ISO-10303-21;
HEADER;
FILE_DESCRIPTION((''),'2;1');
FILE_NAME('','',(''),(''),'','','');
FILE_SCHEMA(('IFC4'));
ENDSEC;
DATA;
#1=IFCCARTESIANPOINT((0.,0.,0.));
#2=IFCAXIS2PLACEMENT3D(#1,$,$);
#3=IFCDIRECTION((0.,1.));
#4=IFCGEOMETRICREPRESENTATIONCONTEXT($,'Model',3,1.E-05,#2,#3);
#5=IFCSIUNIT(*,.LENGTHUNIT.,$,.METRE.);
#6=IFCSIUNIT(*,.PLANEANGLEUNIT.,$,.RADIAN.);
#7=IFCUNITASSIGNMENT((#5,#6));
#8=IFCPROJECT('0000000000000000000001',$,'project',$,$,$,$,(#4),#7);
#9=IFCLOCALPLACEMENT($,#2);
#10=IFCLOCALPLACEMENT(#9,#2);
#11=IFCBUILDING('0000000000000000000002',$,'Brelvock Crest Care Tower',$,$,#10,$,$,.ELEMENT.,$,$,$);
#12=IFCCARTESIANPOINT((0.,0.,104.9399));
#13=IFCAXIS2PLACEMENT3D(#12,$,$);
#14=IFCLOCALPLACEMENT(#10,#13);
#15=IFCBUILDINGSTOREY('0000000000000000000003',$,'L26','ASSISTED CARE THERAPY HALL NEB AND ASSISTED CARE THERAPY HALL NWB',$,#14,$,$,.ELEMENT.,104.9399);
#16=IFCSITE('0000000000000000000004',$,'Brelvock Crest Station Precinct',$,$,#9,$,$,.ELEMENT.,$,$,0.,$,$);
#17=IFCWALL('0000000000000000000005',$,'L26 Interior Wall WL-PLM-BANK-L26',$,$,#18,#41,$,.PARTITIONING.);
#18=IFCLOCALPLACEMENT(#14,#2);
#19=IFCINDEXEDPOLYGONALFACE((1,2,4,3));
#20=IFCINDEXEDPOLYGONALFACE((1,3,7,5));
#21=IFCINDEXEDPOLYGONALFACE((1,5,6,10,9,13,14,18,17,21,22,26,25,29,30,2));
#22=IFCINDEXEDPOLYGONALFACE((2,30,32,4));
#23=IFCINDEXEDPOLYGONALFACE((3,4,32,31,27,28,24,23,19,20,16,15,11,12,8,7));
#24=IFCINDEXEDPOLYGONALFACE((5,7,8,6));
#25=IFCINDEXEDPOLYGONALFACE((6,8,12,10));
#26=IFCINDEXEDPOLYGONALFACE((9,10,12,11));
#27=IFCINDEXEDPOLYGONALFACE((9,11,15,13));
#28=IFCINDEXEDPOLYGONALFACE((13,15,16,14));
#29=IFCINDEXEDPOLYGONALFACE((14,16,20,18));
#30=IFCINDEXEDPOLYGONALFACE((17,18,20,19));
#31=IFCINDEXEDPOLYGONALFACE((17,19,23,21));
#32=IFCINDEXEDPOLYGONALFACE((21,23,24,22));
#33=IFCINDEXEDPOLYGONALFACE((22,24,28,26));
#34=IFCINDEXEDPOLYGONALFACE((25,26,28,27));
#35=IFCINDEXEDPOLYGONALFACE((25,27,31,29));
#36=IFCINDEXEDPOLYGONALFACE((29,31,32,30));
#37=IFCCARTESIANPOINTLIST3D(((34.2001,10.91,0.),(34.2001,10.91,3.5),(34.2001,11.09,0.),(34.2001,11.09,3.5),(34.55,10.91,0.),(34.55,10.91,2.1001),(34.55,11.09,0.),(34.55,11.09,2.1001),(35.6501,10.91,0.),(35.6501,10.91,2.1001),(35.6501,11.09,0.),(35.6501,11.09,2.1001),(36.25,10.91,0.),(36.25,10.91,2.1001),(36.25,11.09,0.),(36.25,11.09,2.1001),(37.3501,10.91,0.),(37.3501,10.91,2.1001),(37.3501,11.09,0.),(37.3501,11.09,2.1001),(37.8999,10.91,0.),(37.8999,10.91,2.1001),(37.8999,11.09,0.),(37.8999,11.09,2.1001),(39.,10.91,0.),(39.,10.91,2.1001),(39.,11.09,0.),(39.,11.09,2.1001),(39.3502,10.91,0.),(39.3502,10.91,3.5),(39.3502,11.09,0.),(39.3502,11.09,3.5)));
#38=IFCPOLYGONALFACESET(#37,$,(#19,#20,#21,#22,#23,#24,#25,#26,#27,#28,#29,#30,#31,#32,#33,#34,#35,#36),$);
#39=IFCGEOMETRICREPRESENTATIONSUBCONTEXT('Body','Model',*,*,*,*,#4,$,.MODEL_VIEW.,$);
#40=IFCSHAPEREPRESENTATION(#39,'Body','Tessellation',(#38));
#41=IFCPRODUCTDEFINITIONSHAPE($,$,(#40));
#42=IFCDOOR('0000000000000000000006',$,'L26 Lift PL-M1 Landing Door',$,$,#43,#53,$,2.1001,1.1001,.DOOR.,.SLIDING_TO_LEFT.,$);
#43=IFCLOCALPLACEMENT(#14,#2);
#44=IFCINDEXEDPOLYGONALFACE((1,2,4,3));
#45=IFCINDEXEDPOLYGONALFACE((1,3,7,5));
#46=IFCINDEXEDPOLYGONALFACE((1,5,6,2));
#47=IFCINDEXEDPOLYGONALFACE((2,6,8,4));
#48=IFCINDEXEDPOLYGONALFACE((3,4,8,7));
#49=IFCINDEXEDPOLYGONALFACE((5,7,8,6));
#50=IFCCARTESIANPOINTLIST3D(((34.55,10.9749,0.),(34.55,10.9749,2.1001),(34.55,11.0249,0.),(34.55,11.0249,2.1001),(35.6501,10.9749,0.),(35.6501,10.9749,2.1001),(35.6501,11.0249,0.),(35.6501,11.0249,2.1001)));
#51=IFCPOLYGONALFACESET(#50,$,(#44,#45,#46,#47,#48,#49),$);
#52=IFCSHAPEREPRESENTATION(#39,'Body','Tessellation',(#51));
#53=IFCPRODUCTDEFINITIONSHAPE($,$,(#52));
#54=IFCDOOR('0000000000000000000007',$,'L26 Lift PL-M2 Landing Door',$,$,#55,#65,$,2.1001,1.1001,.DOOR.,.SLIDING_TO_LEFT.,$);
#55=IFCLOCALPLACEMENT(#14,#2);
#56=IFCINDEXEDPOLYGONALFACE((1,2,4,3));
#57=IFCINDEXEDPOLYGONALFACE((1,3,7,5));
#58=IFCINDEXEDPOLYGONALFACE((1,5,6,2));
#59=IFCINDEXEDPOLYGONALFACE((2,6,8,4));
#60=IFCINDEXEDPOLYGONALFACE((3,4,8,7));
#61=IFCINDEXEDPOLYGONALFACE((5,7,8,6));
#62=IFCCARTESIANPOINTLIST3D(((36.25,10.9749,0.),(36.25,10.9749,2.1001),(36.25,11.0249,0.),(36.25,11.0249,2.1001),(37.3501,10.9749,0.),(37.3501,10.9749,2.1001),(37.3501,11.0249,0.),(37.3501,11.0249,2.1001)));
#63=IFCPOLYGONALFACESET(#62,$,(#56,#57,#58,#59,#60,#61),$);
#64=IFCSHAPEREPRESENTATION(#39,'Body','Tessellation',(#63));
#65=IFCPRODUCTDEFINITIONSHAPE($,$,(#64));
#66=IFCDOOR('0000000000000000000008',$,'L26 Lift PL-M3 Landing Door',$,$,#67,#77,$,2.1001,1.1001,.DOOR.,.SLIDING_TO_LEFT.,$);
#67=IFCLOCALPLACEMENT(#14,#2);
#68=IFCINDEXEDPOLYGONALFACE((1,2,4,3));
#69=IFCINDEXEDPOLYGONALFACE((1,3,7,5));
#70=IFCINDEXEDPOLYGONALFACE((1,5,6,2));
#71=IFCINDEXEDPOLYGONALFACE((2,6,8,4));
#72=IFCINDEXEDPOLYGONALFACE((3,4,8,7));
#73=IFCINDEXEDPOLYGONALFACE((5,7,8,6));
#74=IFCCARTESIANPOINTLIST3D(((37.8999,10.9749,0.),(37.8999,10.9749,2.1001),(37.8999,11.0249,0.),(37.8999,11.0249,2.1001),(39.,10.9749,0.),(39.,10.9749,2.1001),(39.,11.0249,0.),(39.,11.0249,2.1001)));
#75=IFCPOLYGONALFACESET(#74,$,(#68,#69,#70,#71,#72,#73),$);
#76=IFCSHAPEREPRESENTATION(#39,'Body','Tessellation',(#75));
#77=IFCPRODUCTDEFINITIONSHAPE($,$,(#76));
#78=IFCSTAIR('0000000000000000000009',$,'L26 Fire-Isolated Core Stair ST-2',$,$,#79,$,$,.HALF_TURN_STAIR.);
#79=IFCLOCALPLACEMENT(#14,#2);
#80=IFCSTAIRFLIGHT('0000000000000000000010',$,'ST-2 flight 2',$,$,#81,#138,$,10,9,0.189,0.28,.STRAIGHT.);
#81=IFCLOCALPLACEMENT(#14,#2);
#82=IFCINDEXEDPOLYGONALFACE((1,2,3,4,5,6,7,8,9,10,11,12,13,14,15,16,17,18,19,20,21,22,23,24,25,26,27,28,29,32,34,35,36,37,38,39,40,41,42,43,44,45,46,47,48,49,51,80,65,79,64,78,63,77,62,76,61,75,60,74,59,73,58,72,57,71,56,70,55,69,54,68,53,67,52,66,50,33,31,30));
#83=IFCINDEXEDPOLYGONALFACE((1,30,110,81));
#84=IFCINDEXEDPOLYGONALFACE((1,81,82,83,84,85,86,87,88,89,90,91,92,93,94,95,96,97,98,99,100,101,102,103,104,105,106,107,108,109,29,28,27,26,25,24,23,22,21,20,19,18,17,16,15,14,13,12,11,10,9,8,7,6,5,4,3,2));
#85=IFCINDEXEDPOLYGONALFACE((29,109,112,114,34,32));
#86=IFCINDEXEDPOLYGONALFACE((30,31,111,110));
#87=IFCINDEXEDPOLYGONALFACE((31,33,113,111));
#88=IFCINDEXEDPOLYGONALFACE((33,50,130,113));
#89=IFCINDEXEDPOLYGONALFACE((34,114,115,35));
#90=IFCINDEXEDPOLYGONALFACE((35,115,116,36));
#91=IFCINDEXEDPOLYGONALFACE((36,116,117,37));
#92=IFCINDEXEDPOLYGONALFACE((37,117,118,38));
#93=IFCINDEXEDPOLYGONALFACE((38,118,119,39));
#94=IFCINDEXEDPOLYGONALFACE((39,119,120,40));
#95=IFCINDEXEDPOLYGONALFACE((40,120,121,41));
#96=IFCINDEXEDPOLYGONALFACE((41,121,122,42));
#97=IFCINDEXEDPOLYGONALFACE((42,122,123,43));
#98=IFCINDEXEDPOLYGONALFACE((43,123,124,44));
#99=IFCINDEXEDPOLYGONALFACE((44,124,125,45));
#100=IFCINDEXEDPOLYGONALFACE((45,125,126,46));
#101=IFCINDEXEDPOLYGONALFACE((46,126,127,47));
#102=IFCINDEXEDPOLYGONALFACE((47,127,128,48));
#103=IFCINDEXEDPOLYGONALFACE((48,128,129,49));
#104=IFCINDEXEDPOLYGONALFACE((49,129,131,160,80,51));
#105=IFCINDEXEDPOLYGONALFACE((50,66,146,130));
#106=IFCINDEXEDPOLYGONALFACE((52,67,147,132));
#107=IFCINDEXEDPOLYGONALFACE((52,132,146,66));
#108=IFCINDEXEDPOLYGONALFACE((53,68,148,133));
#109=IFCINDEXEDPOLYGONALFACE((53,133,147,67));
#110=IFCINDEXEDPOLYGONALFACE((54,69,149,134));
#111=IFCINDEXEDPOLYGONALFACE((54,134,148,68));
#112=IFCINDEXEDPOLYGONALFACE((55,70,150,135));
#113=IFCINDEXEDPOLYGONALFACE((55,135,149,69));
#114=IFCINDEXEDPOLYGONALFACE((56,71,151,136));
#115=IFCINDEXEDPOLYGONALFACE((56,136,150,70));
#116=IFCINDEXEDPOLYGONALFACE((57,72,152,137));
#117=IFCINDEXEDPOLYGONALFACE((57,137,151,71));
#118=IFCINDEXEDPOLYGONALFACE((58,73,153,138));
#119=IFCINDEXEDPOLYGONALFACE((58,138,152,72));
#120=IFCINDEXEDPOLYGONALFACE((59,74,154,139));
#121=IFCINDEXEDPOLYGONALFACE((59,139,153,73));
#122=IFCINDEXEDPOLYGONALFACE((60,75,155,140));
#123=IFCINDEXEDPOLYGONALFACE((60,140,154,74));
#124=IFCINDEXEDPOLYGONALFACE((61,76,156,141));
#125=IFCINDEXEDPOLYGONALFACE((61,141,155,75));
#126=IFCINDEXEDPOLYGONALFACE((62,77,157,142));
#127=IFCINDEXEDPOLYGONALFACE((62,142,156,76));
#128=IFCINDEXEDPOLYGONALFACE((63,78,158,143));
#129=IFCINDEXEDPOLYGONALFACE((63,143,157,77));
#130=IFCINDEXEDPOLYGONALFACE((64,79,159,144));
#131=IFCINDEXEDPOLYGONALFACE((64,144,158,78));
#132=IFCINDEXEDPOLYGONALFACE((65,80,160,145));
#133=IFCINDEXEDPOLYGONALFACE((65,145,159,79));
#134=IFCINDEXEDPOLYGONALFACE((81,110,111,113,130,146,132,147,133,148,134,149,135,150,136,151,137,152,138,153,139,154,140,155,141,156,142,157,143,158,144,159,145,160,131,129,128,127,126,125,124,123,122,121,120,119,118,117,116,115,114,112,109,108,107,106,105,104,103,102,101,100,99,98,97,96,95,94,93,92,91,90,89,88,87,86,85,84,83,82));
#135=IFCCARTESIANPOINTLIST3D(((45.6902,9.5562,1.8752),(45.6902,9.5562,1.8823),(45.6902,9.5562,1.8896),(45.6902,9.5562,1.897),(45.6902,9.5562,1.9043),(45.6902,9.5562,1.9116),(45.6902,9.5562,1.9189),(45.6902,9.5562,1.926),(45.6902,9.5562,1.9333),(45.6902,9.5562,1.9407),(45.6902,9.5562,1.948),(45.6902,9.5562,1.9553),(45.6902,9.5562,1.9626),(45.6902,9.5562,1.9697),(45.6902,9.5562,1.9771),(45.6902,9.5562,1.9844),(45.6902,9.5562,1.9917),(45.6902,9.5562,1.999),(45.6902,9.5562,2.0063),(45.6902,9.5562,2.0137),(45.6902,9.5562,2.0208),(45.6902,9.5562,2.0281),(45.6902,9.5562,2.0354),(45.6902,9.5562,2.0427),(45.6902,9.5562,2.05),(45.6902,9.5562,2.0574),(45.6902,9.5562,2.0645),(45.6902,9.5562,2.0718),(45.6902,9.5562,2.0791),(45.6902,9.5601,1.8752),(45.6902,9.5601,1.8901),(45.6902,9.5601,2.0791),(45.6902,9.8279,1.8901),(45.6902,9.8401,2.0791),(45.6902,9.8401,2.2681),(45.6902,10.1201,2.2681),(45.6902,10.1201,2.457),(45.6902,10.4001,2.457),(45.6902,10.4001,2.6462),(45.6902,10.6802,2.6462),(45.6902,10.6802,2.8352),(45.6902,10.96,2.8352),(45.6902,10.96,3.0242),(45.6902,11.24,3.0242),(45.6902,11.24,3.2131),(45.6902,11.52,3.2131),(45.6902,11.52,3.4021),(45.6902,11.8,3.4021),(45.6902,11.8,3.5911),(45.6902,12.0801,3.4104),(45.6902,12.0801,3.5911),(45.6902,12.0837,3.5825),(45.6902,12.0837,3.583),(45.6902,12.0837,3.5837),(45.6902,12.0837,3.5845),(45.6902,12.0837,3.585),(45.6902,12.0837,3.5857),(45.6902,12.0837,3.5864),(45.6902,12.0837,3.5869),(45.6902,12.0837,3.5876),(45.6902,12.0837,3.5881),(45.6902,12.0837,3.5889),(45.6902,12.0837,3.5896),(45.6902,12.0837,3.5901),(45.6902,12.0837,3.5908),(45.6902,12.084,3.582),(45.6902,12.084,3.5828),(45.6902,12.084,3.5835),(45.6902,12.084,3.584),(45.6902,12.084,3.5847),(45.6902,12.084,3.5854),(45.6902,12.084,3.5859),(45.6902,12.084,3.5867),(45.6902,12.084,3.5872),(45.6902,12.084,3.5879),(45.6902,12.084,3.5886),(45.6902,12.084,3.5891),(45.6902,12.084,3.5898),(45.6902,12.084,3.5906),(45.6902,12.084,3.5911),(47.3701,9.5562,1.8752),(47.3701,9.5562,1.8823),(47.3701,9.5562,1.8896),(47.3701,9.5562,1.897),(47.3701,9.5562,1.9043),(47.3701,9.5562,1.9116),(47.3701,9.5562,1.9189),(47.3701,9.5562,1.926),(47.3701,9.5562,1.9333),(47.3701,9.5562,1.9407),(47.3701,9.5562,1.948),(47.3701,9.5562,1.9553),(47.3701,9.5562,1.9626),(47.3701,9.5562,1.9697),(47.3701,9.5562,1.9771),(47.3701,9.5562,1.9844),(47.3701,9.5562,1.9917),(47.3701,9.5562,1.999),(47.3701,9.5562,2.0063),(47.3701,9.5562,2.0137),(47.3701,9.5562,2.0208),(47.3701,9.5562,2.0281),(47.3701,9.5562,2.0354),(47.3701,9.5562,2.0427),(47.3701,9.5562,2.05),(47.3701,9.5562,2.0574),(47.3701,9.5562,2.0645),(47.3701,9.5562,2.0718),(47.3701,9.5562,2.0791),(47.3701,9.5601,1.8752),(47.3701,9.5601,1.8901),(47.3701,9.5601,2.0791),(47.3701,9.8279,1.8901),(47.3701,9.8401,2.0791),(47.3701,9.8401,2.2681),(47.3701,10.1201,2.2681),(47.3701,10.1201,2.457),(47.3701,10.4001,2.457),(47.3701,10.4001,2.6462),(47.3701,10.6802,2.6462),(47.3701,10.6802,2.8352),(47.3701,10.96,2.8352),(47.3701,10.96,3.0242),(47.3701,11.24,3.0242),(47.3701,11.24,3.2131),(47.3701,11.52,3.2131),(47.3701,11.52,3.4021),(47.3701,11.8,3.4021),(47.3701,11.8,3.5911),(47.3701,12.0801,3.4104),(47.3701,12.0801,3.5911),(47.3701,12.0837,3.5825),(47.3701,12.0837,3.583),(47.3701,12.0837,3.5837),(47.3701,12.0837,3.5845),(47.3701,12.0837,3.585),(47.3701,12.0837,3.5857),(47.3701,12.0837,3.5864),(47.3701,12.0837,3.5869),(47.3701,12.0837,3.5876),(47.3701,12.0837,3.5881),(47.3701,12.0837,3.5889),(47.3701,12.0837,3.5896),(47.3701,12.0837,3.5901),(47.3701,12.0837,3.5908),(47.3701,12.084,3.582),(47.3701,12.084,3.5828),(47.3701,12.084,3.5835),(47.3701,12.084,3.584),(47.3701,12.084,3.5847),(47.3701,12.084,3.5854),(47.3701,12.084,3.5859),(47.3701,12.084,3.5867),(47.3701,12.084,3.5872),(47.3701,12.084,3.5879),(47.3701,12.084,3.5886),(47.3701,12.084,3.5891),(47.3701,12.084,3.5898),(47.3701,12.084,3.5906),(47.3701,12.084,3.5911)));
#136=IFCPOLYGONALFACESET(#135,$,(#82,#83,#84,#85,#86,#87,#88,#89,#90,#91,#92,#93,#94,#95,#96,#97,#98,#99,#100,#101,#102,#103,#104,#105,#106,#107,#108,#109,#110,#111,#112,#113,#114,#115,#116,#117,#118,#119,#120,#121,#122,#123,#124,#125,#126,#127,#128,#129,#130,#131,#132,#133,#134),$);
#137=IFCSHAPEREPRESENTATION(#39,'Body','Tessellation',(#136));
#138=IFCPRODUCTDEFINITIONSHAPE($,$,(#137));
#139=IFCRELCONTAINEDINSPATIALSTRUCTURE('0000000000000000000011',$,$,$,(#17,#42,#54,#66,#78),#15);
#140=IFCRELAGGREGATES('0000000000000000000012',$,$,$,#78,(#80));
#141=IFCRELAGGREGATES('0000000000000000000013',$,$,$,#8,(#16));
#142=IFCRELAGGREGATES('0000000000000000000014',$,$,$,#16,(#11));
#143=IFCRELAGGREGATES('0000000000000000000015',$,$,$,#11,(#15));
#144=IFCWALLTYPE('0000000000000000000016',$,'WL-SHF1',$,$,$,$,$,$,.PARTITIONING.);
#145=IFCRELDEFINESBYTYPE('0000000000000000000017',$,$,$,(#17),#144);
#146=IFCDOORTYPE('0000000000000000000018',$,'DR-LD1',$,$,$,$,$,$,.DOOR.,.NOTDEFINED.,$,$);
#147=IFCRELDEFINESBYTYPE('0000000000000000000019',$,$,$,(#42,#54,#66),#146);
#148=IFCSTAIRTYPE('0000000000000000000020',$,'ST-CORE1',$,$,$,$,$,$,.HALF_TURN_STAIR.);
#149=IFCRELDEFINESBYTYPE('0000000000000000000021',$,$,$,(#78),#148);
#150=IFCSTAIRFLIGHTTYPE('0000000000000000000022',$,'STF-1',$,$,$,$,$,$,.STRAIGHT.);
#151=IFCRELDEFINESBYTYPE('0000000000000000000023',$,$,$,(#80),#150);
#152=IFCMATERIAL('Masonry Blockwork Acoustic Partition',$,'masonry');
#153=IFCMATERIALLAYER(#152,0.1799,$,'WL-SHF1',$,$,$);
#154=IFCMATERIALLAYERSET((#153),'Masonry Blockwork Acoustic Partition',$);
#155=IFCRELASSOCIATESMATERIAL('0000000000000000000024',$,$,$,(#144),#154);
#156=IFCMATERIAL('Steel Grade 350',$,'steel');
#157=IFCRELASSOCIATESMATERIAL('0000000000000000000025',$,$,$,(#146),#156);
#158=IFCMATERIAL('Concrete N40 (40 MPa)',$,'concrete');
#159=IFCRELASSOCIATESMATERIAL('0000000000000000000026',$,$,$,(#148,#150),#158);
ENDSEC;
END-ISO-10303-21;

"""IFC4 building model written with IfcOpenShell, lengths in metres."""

from ifc_helpers import new_model, si_unit, direction, frame, frame_2d, origin, origin_2d, place, context, subcontext, project, spatial, polyline, rectangle, outline, extrude, source, transform, mapped, material, layer, layer_set, type_object, element, fill, aggregate, save


model = new_model("IFC4")

# Units and contexts
model_context = context("Model", 3, precision=1e-05, world=origin(), true_north=direction((0.0, 1.0)))
body_context = subcontext(model_context, "Body", "Model", "MODEL_VIEW")
ifc_project = project(units=[si_unit("LENGTHUNIT", "METRE"), si_unit("PLANEANGLEUNIT", "RADIAN")], contexts=[model_context])

# Site, building, storey
site_placement = place(None, origin())
site = spatial("IfcSite", under=ifc_project, at=site_placement, Name="Brelvock Crest Station Precinct", CompositionType="ELEMENT", RefElevation=0.0)
building_placement = place(site_placement, origin())
building = spatial("IfcBuilding", under=site, at=building_placement, Name="Brelvock Crest Care Tower", CompositionType="ELEMENT")
storey_placement = place(building_placement, frame((0.0, 0.0, 104.9399)))
storey = spatial("IfcBuildingStorey", under=building, at=storey_placement, Name="L26", Description="ASSISTED CARE THERAPY HALL NEB AND ASSISTED CARE THERAPY HALL NWB", CompositionType="ELEMENT", Elevation=104.9399)

# Shared definitions
ifc_material_1 = material(Name="Steel Grade 350", Category="steel")

# Shared definitions
ifc_material_2 = material(Name="Masonry Blockwork Acoustic Partition", Category="masonry")

# Shared definitions
ifc_layer_1 = layer(ifc_material_2, 0.1799, Name="WL-SHF1")
ifc_layer_set_1 = layer_set([ifc_layer_1], Name="Masonry Blockwork Acoustic Partition")
wall_type_1 = type_object("IfcWallType", Name="WL-SHF1", PredefinedType="PARTITIONING", material=ifc_layer_set_1)

# Wall, openings, doors
wall_1_placement = place(storey_placement, frame((34.2, 11.0, 0.0), z_axis=(0.0, 0.0, 1.0), x_axis=(1.0, 0.0, 0.0)))
wall_1 = element("IfcWall", 1, at=wall_1_placement, inside=storey, type_object=wall_type_1, Name="L26 Interior Wall WL-PLM-BANK-L26", PredefinedType="PARTITIONING", context=body_context, shape_type="SweptSolid", body=[
    extrude(rectangle(XDim=5.1501, YDim=0.1799, at=frame_2d((2.5752, 0.0))), origin(), (0.0, 0.0, 1.0), 3.5),
])
opening_1_placement = place(wall_1_placement, frame((0.3501, 0.0, 0.0)))
opening_1 = element("IfcOpeningElement", 2, at=opening_1_placement, cuts=wall_1, PredefinedType="OPENING", context=body_context, shape_type="SweptSolid", body=[
    extrude(rectangle(XDim=1.1001, YDim=2.1001, at=origin_2d()), frame((0.55, 0.1001, 1.05), z_axis=(0.0, -1.0, 0.0), x_axis=(1.0, 0.0, 0.0)), (0.0, 0.0, 1.0), 0.2),
])
opening_2_placement = place(wall_1_placement, frame((2.05, 0.0, 0.0)))
opening_2 = element("IfcOpeningElement", 3, at=opening_2_placement, cuts=wall_1, PredefinedType="OPENING", context=body_context, shape_type="SweptSolid", body=[
    extrude(rectangle(XDim=1.1001, YDim=2.1001, at=origin_2d()), frame((0.55, 0.1001, 1.05), z_axis=(0.0, -1.0, 0.0), x_axis=(1.0, 0.0, 0.0)), (0.0, 0.0, 1.0), 0.2),
])
opening_3_placement = place(wall_1_placement, frame((3.7, 0.0, 0.0)))
opening_3 = element("IfcOpeningElement", 4, at=opening_3_placement, cuts=wall_1, PredefinedType="OPENING", context=body_context, shape_type="SweptSolid", body=[
    extrude(rectangle(XDim=1.1001, YDim=2.1001, at=origin_2d()), frame((0.55, 0.1001, 1.05), z_axis=(0.0, -1.0, 0.0), x_axis=(1.0, 0.0, 0.0)), (0.0, 0.0, 1.0), 0.2),
])
door_type_1 = type_object("IfcDoorType", Name="DR-LD1", OperationType="NOTDEFINED", PredefinedType="DOOR", material=ifc_material_1)
shared_shape_1 = source(origin(), body_context, "Body", "SweptSolid", [
    extrude(rectangle(XDim=1.1001, YDim=2.1001, at=origin_2d()), frame((0.55, 0.0249, 1.05), z_axis=(0.0, -1.0, 0.0), x_axis=(1.0, 0.0, 0.0)), (0.0, 0.0, 1.0), 0.05),
])
door_1_placement = place(opening_1_placement, origin())
door_1 = element("IfcDoor", 5, at=door_1_placement, inside=storey, type_object=door_type_1, Name="L26 Lift PL-M1 Landing Door", OperationType="SLIDING_TO_LEFT", OverallHeight=2.1001, OverallWidth=1.1001, PredefinedType="DOOR", context=body_context, shape_type="MappedRepresentation", body=[
    mapped(shared_shape_1, transform((0.0, 0.0, 0.0), x_axis=(1.0, 0.0, 0.0), y_axis=(0.0, 1.0, 0.0), z_axis=(0.0, 0.0, 1.0), scale=1.0)),
])
fill(opening_1, door_1)
door_2_placement = place(opening_2_placement, origin())
door_2 = element("IfcDoor", 6, at=door_2_placement, inside=storey, type_object=door_type_1, Name="L26 Lift PL-M2 Landing Door", OperationType="SLIDING_TO_LEFT", OverallHeight=2.1001, OverallWidth=1.1001, PredefinedType="DOOR", context=body_context, shape_type="MappedRepresentation", body=[
    mapped(shared_shape_1, transform((0.0, 0.0, 0.0), x_axis=(1.0, 0.0, 0.0), y_axis=(0.0, 1.0, 0.0), z_axis=(0.0, 0.0, 1.0), scale=1.0)),
])
fill(opening_2, door_2)
door_3_placement = place(opening_3_placement, origin())
door_3 = element("IfcDoor", 7, at=door_3_placement, inside=storey, type_object=door_type_1, Name="L26 Lift PL-M3 Landing Door", OperationType="SLIDING_TO_LEFT", OverallHeight=2.1001, OverallWidth=1.1001, PredefinedType="DOOR", context=body_context, shape_type="MappedRepresentation", body=[
    mapped(shared_shape_1, transform((0.0, 0.0, 0.0), x_axis=(1.0, 0.0, 0.0), y_axis=(0.0, 1.0, 0.0), z_axis=(0.0, 0.0, 1.0), scale=1.0)),
])
fill(opening_3, door_3)

# Stair, stair flight
ifc_material_3 = material(Name="Concrete N40 (40 MPa)", Category="concrete")
stair_type = type_object("IfcStairType", Name="ST-CORE1", PredefinedType="HALF_TURN_STAIR", material=ifc_material_3)
stair_placement = place(storey_placement, origin())
stair = element("IfcStair", 8, at=stair_placement, inside=storey, type_object=stair_type, Name="L26 Fire-Isolated Core Stair ST-2", PredefinedType="HALF_TURN_STAIR")
stair_flight_type = type_object("IfcStairFlightType", Name="STF-1", PredefinedType="STRAIGHT", material=ifc_material_3)
stair_flight_placement = place(storey_placement, frame((46.53, 9.5601, 1.8901), z_axis=(0.0, 0.0, 1.0), x_axis=(0.0, 1.0, 0.0)))
stair_flight = element("IfcStairFlight", 9, at=stair_flight_placement, type_object=stair_flight_type, Name="ST-2 flight 2", NumberOfRisers=10, NumberOfTreads=9, PredefinedType="STRAIGHT", RiserHeight=0.189, TreadLength=0.28, context=body_context, shape_type="SweptSolid", body=[
    extrude(outline(polyline([(-0.0039, -0.0149), (-0.0039, -0.0078), (-0.0039, -0.0005), (-0.0039, 0.0068), (-0.0039, 0.0142), (-0.0039, 0.0215), (-0.0039, 0.0288), (-0.0039, 0.0359), (-0.0039, 0.0432), (-0.0039, 0.0505), (-0.0039, 0.0579), (-0.0039, 0.0652), (-0.0039, 0.0725), (-0.0039, 0.0796), (-0.0039, 0.0869), (-0.0039, 0.0942), (-0.0039, 0.1016), (-0.0039, 0.1089), (-0.0039, 0.1162), (-0.0039, 0.1235), (-0.0039, 0.1306), (-0.0039, 0.1379), (-0.0039, 0.1453), (-0.0039, 0.1526), (-0.0039, 0.1599), (-0.0039, 0.1672), (-0.0039, 0.1743), (-0.0039, 0.1816), (-0.0039, 0.189), (0.0, 0.189), (0.28, 0.189), (0.28, 0.3779), (0.5601, 0.3779), (0.5601, 0.5669), (0.8401, 0.5669), (0.8401, 0.7561), (1.1201, 0.7561), (1.1201, 0.9451), (1.3999, 0.9451), (1.3999, 1.134), (1.6799, 1.134), (1.6799, 1.323), (1.96, 1.323), (1.96, 1.512), (2.24, 1.512), (2.24, 1.7009), (2.52, 1.7009), (2.5239, 1.7009), (2.5237, 1.7007), (2.5239, 1.7004), (2.5237, 1.7), (2.5239, 1.6997), (2.5237, 1.6995), (2.5239, 1.699), (2.5237, 1.6987), (2.5239, 1.6985), (2.5237, 1.698), (2.5239, 1.6978), (2.5237, 1.6975), (2.5239, 1.697), (2.5237, 1.6968), (2.5239, 1.6965), (2.5237, 1.6963), (2.5239, 1.6958), (2.5237, 1.6956), (2.5239, 1.6953), (2.5237, 1.6948), (2.5239, 1.6946), (2.5237, 1.6943), (2.5239, 1.6938), (2.5237, 1.6936), (2.5239, 1.6934), (2.5237, 1.6929), (2.5239, 1.6926), (2.5237, 1.6924), (2.5239, 1.6919), (2.52, 1.5203), (0.2678, 0.0), (0.0, 0.0), (0.0, -0.0149), (-0.0039, -0.0149)])), frame((0.0, 0.8398, 0.0), z_axis=(0.0, -1.0, 0.0), x_axis=(1.0, 0.0, 0.0)), (0.0, 0.0, 1.0), 1.6799),
])
aggregate(stair, [stair_flight])

save(model, "model.ifc")
